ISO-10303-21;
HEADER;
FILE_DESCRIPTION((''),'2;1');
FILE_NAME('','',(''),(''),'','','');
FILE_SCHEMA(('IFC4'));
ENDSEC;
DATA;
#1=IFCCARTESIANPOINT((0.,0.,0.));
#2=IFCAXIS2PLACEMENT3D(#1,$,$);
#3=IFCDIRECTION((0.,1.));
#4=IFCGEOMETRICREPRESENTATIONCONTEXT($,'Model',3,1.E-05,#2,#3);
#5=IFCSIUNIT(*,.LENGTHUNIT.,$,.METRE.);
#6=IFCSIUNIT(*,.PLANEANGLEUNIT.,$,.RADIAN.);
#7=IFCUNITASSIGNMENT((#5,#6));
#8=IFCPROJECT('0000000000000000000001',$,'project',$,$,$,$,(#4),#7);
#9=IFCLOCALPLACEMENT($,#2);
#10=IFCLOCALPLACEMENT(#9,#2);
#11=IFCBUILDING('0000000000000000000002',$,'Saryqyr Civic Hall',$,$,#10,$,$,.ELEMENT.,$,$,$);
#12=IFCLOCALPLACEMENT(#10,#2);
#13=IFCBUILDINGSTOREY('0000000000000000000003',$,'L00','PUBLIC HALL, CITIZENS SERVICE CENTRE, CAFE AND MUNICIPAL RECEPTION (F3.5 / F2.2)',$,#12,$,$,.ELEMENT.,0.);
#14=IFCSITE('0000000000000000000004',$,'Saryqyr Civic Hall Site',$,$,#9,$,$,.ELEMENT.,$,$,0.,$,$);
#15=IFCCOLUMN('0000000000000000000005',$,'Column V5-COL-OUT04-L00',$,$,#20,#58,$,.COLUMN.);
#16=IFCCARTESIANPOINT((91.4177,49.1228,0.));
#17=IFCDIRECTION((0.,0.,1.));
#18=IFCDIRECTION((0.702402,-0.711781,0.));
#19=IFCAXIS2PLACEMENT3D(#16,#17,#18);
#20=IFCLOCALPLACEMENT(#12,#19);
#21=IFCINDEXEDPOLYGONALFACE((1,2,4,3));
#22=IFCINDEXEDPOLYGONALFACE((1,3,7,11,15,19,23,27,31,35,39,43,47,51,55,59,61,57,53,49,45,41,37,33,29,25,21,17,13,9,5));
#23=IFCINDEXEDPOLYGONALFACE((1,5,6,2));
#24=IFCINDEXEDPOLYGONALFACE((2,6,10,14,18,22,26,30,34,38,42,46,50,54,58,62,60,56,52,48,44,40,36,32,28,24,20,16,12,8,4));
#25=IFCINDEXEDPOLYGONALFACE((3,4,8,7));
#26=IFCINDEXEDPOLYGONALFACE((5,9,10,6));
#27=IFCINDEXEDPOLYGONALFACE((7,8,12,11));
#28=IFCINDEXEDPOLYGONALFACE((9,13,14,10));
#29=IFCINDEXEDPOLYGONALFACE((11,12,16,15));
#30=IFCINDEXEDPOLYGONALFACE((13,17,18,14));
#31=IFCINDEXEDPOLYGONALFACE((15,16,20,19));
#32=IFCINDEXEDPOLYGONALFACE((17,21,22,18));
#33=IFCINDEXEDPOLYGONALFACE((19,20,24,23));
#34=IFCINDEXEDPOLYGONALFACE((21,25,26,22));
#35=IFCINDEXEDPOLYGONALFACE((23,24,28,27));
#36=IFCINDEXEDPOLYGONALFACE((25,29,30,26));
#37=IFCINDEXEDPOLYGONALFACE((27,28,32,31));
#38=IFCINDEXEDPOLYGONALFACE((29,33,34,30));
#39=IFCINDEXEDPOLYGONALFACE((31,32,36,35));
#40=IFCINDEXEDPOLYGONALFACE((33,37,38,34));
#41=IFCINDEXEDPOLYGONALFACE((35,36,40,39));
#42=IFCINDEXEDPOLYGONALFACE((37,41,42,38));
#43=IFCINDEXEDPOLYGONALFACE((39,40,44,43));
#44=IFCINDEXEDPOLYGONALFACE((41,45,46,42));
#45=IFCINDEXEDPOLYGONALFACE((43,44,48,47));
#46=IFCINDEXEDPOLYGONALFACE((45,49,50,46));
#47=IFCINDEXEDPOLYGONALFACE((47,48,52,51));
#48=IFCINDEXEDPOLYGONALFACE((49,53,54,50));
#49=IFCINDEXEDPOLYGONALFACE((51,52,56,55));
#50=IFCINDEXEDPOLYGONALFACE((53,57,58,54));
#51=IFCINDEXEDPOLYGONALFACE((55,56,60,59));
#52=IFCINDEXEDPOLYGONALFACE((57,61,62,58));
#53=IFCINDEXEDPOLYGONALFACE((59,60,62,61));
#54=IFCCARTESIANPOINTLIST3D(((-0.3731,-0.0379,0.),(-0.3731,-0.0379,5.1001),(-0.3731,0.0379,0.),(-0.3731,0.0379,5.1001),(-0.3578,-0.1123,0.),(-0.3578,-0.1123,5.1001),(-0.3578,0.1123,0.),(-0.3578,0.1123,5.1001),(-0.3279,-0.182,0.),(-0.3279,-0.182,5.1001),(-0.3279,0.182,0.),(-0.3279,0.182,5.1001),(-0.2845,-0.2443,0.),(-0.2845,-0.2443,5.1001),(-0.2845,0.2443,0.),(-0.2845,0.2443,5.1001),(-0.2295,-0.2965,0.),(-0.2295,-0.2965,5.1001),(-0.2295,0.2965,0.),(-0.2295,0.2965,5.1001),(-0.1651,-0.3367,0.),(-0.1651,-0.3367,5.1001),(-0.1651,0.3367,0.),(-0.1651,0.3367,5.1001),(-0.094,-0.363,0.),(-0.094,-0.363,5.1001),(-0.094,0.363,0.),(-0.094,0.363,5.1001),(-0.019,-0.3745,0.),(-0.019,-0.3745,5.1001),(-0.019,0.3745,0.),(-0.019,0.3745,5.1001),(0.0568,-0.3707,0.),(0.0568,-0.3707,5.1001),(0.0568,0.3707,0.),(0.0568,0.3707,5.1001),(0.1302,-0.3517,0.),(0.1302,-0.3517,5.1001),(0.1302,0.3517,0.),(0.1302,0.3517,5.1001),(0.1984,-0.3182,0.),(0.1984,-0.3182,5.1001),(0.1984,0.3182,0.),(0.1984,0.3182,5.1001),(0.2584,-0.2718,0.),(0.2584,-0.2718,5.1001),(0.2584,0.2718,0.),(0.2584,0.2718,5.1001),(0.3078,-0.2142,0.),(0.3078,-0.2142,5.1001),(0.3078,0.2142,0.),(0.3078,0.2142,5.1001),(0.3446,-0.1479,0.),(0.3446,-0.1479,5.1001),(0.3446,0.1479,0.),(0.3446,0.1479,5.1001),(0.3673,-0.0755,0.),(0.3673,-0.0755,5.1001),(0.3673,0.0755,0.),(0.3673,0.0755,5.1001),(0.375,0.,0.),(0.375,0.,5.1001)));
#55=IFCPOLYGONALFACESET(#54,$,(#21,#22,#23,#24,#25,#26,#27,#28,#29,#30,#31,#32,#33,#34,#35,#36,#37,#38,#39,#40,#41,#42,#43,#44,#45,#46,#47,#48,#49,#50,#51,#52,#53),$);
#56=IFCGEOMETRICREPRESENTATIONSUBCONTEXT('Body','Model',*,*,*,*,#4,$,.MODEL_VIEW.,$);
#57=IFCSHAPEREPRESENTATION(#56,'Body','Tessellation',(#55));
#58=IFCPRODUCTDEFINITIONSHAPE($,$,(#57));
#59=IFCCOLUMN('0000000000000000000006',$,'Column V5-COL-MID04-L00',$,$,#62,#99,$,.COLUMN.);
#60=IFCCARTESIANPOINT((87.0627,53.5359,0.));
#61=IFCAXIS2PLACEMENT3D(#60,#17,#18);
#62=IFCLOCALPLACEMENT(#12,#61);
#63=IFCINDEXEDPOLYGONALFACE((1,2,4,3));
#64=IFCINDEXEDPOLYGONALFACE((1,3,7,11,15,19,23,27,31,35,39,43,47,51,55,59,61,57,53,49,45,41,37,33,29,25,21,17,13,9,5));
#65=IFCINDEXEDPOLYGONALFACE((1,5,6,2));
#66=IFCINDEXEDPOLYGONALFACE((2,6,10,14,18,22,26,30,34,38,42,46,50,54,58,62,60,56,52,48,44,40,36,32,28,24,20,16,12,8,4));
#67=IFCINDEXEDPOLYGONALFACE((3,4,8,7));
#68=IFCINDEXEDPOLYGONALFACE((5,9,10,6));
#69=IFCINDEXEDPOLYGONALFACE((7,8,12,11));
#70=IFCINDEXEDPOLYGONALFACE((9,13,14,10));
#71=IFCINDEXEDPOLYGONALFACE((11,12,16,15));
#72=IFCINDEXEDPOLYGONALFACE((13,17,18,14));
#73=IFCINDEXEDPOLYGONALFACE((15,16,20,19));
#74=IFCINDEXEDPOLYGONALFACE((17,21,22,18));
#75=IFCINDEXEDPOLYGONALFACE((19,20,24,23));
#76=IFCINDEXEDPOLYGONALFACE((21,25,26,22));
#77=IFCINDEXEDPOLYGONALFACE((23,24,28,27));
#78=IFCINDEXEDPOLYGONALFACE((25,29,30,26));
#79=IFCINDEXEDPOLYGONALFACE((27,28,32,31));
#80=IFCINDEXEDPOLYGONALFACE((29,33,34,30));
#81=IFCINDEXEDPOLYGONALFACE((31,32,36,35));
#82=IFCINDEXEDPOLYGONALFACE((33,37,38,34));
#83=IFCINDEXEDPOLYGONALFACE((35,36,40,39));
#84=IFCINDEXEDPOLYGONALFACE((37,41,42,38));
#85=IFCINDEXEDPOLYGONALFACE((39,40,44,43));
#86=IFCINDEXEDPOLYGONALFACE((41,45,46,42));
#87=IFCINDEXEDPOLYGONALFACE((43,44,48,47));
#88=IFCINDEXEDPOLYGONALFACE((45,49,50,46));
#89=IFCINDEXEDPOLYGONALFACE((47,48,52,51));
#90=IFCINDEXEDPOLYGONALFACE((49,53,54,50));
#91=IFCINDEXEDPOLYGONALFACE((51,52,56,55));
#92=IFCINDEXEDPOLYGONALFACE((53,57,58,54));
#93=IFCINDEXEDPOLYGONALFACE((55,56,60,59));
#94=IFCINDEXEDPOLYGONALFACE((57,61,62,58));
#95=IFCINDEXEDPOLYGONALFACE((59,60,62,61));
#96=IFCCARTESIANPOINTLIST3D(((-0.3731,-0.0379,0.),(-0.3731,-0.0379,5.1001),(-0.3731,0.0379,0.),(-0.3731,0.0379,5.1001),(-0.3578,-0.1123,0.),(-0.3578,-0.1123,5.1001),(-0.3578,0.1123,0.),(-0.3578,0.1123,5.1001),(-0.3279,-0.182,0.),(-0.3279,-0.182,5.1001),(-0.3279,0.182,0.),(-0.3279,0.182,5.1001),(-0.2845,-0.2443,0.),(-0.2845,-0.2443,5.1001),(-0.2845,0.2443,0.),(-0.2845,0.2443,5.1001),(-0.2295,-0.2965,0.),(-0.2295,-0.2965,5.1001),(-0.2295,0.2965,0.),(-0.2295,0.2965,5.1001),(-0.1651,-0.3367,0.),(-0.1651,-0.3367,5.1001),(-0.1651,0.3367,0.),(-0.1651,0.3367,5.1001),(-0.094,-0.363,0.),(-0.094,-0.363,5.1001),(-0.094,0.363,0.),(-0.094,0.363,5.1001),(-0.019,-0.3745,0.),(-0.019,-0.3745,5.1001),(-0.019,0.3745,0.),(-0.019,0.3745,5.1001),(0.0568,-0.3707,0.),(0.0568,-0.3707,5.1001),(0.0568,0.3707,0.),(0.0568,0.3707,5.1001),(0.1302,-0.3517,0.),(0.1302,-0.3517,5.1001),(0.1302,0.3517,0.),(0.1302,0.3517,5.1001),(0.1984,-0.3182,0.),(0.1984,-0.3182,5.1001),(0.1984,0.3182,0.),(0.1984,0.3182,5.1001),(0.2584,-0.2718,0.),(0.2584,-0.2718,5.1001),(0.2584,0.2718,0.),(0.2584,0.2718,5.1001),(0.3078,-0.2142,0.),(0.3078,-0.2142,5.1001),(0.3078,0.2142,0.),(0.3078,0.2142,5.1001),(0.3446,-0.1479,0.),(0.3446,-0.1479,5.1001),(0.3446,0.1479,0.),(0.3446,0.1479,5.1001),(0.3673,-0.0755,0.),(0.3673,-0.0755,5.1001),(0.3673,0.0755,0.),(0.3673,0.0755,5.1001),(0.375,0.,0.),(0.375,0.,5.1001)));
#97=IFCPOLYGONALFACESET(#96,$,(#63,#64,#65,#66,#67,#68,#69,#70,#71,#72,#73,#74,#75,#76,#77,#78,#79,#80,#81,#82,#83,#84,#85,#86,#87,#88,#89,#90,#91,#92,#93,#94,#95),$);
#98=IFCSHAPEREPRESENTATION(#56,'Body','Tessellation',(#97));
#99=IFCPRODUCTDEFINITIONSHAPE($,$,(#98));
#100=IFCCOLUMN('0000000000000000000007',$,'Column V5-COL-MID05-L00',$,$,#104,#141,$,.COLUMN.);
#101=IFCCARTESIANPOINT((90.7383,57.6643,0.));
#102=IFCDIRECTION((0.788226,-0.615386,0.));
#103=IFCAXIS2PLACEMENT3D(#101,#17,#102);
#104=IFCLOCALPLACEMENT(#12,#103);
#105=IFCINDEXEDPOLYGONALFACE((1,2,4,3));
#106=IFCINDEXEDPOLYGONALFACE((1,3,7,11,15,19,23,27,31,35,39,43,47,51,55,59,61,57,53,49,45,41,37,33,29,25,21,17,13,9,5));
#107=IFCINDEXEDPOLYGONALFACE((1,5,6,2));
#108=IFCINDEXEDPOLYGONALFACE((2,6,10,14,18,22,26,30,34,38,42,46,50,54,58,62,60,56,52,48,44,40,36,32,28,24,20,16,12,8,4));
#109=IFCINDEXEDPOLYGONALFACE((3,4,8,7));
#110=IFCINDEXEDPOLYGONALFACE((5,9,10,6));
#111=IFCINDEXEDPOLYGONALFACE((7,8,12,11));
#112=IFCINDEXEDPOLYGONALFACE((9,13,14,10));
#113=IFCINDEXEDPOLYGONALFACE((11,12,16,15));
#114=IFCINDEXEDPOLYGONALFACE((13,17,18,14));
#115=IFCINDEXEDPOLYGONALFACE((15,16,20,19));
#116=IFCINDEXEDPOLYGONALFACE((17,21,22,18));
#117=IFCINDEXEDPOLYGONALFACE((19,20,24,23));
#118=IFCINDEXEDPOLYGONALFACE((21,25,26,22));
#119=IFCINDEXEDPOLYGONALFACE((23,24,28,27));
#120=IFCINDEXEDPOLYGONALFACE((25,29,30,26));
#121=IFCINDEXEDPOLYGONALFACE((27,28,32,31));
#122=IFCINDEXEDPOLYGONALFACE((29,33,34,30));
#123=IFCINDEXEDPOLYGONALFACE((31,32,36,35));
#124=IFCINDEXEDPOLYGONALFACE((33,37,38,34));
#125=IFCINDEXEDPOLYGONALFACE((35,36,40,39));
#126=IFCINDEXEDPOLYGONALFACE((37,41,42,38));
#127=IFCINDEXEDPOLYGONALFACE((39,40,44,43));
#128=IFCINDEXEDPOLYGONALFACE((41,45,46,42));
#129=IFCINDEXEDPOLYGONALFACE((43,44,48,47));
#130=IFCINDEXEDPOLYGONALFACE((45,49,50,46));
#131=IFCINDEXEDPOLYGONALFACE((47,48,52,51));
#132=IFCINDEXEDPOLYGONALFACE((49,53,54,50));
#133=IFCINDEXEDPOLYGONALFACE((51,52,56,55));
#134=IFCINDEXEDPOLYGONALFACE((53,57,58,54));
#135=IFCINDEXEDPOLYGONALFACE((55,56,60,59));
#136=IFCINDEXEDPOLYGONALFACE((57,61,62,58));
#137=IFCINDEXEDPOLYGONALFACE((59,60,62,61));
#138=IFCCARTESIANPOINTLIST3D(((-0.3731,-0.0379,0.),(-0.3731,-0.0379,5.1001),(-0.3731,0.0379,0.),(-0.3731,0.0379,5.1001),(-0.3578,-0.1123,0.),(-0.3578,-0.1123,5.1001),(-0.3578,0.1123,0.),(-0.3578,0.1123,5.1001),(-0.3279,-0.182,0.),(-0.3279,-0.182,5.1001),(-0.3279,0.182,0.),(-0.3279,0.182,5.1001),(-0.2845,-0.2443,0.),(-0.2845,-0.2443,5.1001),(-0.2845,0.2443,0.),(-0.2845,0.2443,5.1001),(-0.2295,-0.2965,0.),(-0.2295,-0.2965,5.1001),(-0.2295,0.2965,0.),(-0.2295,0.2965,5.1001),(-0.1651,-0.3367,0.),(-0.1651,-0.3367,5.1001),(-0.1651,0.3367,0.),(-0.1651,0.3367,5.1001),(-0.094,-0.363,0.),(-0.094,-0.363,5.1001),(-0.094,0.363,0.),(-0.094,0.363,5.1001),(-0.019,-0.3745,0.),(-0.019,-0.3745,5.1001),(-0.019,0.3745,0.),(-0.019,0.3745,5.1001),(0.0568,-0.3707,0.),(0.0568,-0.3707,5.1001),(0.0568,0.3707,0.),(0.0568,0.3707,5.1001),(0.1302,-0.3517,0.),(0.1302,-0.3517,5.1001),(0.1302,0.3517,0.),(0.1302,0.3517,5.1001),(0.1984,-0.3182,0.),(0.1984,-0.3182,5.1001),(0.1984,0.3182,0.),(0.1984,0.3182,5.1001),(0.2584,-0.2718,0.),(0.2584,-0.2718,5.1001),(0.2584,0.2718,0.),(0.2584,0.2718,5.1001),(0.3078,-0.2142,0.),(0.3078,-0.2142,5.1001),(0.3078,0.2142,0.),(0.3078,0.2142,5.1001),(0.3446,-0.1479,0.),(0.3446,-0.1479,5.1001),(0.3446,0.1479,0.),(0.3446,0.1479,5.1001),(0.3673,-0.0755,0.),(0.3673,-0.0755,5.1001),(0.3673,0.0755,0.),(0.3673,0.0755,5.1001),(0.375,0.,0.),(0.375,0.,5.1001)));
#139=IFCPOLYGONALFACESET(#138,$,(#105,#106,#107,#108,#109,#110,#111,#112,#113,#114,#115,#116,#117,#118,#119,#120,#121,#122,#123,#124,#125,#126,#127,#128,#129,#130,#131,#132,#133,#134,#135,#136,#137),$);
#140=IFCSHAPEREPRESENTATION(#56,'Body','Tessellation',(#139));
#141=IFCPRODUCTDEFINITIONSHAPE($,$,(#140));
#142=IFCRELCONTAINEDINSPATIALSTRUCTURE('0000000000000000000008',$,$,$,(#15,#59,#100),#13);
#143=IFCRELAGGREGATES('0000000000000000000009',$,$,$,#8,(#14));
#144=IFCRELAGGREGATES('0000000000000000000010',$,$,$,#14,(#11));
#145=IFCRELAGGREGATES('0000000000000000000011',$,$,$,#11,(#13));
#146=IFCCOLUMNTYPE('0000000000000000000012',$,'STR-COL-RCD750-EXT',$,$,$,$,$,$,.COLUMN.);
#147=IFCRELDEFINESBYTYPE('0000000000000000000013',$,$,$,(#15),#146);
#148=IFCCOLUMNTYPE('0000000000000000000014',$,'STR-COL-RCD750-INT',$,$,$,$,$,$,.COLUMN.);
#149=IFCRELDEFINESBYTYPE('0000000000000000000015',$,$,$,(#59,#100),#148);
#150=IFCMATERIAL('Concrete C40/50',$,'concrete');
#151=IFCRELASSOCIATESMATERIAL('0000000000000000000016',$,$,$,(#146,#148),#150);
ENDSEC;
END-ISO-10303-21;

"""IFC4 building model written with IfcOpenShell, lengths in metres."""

from ifc_helpers import new_model, si_unit, direction, frame, origin, origin_2d, place, context, subcontext, project, spatial, circle, extrude, material, material_profile, profile_set, type_object, element, save


model = new_model("IFC4")

# Units and contexts
model_context = context("Model", 3, precision=1e-05, world=origin(), true_north=direction((0.0, 1.0)))
body_context = subcontext(model_context, "Body", "Model", "MODEL_VIEW")
ifc_project = project(units=[si_unit("LENGTHUNIT", "METRE"), si_unit("PLANEANGLEUNIT", "RADIAN")], contexts=[model_context])

# Site, building, storey
site_placement = place(None, origin())
site = spatial("IfcSite", under=ifc_project, at=site_placement, Name="Saryqyr Civic Hall Site", CompositionType="ELEMENT", RefElevation=0.0)
building_placement = place(site_placement, origin())
building = spatial("IfcBuilding", under=site, at=building_placement, Name="Saryqyr Civic Hall", CompositionType="ELEMENT")
storey_placement = place(building_placement, origin())
storey = spatial("IfcBuildingStorey", under=building, at=storey_placement, Name="L00", Description="PUBLIC HALL, CITIZENS SERVICE CENTRE, CAFE AND MUNICIPAL RECEPTION (F3.5 / F2.2)", CompositionType="ELEMENT", Elevation=0.0)

# Columns
ifc_material_1 = material(Name="Concrete C40/50", Category="concrete")
ifc_material_profile_1 = material_profile(ifc_material_1, circle(Radius=0.375, at=origin_2d()), Name="RC D750")
ifc_profile_set_1 = profile_set([ifc_material_profile_1], Name="Concrete C40/50")
column_type_1 = type_object("IfcColumnType", Name="STR-COL-RCD750-EXT", PredefinedType="COLUMN", material=ifc_profile_set_1)
column_1_placement = place(storey_placement, frame((91.4177, 49.1228, 0.0), z_axis=(0.0, 0.0, 1.0), x_axis=(0.702402, -0.711781, 0.0)))
element("IfcColumn", 1, at=column_1_placement, inside=storey, type_object=column_type_1, Name="Column V5-COL-OUT04-L00", PredefinedType="COLUMN", context=body_context, shape_type="SweptSolid", body=[
    extrude(circle(Radius=0.375, at=origin_2d()), origin(), (0.0, 0.0, 1.0), 5.1001),
])
ifc_material_profile_2 = material_profile(ifc_material_1, circle(Radius=0.375, at=origin_2d()), Name="RC D750")
ifc_profile_set_2 = profile_set([ifc_material_profile_2], Name="Concrete C40/50")
column_type_2 = type_object("IfcColumnType", Name="STR-COL-RCD750-INT", PredefinedType="COLUMN", material=ifc_profile_set_2)
for number, where, z_axis, x_axis, name in (
    (2, (87.0627, 53.5359, 0.0), (0.0, 0.0, 1.0), (0.702402, -0.711781, 0.0), "Column V5-COL-MID04-L00"),
    (3, (90.7383, 57.6643, 0.0), (0.0, 0.0, 1.0), (0.788226, -0.615386, 0.0), "Column V5-COL-MID05-L00"),
):
    element("IfcColumn", number, at=place(storey_placement, frame(where, z_axis=z_axis, x_axis=x_axis)), inside=storey, type_object=column_type_2, Name=name, PredefinedType="COLUMN", context=body_context, shape_type="SweptSolid", body=[
        extrude(circle(Radius=0.375, at=origin_2d()), origin(), (0.0, 0.0, 1.0), 5.1001),
    ])

save(model, "model.ifc")
